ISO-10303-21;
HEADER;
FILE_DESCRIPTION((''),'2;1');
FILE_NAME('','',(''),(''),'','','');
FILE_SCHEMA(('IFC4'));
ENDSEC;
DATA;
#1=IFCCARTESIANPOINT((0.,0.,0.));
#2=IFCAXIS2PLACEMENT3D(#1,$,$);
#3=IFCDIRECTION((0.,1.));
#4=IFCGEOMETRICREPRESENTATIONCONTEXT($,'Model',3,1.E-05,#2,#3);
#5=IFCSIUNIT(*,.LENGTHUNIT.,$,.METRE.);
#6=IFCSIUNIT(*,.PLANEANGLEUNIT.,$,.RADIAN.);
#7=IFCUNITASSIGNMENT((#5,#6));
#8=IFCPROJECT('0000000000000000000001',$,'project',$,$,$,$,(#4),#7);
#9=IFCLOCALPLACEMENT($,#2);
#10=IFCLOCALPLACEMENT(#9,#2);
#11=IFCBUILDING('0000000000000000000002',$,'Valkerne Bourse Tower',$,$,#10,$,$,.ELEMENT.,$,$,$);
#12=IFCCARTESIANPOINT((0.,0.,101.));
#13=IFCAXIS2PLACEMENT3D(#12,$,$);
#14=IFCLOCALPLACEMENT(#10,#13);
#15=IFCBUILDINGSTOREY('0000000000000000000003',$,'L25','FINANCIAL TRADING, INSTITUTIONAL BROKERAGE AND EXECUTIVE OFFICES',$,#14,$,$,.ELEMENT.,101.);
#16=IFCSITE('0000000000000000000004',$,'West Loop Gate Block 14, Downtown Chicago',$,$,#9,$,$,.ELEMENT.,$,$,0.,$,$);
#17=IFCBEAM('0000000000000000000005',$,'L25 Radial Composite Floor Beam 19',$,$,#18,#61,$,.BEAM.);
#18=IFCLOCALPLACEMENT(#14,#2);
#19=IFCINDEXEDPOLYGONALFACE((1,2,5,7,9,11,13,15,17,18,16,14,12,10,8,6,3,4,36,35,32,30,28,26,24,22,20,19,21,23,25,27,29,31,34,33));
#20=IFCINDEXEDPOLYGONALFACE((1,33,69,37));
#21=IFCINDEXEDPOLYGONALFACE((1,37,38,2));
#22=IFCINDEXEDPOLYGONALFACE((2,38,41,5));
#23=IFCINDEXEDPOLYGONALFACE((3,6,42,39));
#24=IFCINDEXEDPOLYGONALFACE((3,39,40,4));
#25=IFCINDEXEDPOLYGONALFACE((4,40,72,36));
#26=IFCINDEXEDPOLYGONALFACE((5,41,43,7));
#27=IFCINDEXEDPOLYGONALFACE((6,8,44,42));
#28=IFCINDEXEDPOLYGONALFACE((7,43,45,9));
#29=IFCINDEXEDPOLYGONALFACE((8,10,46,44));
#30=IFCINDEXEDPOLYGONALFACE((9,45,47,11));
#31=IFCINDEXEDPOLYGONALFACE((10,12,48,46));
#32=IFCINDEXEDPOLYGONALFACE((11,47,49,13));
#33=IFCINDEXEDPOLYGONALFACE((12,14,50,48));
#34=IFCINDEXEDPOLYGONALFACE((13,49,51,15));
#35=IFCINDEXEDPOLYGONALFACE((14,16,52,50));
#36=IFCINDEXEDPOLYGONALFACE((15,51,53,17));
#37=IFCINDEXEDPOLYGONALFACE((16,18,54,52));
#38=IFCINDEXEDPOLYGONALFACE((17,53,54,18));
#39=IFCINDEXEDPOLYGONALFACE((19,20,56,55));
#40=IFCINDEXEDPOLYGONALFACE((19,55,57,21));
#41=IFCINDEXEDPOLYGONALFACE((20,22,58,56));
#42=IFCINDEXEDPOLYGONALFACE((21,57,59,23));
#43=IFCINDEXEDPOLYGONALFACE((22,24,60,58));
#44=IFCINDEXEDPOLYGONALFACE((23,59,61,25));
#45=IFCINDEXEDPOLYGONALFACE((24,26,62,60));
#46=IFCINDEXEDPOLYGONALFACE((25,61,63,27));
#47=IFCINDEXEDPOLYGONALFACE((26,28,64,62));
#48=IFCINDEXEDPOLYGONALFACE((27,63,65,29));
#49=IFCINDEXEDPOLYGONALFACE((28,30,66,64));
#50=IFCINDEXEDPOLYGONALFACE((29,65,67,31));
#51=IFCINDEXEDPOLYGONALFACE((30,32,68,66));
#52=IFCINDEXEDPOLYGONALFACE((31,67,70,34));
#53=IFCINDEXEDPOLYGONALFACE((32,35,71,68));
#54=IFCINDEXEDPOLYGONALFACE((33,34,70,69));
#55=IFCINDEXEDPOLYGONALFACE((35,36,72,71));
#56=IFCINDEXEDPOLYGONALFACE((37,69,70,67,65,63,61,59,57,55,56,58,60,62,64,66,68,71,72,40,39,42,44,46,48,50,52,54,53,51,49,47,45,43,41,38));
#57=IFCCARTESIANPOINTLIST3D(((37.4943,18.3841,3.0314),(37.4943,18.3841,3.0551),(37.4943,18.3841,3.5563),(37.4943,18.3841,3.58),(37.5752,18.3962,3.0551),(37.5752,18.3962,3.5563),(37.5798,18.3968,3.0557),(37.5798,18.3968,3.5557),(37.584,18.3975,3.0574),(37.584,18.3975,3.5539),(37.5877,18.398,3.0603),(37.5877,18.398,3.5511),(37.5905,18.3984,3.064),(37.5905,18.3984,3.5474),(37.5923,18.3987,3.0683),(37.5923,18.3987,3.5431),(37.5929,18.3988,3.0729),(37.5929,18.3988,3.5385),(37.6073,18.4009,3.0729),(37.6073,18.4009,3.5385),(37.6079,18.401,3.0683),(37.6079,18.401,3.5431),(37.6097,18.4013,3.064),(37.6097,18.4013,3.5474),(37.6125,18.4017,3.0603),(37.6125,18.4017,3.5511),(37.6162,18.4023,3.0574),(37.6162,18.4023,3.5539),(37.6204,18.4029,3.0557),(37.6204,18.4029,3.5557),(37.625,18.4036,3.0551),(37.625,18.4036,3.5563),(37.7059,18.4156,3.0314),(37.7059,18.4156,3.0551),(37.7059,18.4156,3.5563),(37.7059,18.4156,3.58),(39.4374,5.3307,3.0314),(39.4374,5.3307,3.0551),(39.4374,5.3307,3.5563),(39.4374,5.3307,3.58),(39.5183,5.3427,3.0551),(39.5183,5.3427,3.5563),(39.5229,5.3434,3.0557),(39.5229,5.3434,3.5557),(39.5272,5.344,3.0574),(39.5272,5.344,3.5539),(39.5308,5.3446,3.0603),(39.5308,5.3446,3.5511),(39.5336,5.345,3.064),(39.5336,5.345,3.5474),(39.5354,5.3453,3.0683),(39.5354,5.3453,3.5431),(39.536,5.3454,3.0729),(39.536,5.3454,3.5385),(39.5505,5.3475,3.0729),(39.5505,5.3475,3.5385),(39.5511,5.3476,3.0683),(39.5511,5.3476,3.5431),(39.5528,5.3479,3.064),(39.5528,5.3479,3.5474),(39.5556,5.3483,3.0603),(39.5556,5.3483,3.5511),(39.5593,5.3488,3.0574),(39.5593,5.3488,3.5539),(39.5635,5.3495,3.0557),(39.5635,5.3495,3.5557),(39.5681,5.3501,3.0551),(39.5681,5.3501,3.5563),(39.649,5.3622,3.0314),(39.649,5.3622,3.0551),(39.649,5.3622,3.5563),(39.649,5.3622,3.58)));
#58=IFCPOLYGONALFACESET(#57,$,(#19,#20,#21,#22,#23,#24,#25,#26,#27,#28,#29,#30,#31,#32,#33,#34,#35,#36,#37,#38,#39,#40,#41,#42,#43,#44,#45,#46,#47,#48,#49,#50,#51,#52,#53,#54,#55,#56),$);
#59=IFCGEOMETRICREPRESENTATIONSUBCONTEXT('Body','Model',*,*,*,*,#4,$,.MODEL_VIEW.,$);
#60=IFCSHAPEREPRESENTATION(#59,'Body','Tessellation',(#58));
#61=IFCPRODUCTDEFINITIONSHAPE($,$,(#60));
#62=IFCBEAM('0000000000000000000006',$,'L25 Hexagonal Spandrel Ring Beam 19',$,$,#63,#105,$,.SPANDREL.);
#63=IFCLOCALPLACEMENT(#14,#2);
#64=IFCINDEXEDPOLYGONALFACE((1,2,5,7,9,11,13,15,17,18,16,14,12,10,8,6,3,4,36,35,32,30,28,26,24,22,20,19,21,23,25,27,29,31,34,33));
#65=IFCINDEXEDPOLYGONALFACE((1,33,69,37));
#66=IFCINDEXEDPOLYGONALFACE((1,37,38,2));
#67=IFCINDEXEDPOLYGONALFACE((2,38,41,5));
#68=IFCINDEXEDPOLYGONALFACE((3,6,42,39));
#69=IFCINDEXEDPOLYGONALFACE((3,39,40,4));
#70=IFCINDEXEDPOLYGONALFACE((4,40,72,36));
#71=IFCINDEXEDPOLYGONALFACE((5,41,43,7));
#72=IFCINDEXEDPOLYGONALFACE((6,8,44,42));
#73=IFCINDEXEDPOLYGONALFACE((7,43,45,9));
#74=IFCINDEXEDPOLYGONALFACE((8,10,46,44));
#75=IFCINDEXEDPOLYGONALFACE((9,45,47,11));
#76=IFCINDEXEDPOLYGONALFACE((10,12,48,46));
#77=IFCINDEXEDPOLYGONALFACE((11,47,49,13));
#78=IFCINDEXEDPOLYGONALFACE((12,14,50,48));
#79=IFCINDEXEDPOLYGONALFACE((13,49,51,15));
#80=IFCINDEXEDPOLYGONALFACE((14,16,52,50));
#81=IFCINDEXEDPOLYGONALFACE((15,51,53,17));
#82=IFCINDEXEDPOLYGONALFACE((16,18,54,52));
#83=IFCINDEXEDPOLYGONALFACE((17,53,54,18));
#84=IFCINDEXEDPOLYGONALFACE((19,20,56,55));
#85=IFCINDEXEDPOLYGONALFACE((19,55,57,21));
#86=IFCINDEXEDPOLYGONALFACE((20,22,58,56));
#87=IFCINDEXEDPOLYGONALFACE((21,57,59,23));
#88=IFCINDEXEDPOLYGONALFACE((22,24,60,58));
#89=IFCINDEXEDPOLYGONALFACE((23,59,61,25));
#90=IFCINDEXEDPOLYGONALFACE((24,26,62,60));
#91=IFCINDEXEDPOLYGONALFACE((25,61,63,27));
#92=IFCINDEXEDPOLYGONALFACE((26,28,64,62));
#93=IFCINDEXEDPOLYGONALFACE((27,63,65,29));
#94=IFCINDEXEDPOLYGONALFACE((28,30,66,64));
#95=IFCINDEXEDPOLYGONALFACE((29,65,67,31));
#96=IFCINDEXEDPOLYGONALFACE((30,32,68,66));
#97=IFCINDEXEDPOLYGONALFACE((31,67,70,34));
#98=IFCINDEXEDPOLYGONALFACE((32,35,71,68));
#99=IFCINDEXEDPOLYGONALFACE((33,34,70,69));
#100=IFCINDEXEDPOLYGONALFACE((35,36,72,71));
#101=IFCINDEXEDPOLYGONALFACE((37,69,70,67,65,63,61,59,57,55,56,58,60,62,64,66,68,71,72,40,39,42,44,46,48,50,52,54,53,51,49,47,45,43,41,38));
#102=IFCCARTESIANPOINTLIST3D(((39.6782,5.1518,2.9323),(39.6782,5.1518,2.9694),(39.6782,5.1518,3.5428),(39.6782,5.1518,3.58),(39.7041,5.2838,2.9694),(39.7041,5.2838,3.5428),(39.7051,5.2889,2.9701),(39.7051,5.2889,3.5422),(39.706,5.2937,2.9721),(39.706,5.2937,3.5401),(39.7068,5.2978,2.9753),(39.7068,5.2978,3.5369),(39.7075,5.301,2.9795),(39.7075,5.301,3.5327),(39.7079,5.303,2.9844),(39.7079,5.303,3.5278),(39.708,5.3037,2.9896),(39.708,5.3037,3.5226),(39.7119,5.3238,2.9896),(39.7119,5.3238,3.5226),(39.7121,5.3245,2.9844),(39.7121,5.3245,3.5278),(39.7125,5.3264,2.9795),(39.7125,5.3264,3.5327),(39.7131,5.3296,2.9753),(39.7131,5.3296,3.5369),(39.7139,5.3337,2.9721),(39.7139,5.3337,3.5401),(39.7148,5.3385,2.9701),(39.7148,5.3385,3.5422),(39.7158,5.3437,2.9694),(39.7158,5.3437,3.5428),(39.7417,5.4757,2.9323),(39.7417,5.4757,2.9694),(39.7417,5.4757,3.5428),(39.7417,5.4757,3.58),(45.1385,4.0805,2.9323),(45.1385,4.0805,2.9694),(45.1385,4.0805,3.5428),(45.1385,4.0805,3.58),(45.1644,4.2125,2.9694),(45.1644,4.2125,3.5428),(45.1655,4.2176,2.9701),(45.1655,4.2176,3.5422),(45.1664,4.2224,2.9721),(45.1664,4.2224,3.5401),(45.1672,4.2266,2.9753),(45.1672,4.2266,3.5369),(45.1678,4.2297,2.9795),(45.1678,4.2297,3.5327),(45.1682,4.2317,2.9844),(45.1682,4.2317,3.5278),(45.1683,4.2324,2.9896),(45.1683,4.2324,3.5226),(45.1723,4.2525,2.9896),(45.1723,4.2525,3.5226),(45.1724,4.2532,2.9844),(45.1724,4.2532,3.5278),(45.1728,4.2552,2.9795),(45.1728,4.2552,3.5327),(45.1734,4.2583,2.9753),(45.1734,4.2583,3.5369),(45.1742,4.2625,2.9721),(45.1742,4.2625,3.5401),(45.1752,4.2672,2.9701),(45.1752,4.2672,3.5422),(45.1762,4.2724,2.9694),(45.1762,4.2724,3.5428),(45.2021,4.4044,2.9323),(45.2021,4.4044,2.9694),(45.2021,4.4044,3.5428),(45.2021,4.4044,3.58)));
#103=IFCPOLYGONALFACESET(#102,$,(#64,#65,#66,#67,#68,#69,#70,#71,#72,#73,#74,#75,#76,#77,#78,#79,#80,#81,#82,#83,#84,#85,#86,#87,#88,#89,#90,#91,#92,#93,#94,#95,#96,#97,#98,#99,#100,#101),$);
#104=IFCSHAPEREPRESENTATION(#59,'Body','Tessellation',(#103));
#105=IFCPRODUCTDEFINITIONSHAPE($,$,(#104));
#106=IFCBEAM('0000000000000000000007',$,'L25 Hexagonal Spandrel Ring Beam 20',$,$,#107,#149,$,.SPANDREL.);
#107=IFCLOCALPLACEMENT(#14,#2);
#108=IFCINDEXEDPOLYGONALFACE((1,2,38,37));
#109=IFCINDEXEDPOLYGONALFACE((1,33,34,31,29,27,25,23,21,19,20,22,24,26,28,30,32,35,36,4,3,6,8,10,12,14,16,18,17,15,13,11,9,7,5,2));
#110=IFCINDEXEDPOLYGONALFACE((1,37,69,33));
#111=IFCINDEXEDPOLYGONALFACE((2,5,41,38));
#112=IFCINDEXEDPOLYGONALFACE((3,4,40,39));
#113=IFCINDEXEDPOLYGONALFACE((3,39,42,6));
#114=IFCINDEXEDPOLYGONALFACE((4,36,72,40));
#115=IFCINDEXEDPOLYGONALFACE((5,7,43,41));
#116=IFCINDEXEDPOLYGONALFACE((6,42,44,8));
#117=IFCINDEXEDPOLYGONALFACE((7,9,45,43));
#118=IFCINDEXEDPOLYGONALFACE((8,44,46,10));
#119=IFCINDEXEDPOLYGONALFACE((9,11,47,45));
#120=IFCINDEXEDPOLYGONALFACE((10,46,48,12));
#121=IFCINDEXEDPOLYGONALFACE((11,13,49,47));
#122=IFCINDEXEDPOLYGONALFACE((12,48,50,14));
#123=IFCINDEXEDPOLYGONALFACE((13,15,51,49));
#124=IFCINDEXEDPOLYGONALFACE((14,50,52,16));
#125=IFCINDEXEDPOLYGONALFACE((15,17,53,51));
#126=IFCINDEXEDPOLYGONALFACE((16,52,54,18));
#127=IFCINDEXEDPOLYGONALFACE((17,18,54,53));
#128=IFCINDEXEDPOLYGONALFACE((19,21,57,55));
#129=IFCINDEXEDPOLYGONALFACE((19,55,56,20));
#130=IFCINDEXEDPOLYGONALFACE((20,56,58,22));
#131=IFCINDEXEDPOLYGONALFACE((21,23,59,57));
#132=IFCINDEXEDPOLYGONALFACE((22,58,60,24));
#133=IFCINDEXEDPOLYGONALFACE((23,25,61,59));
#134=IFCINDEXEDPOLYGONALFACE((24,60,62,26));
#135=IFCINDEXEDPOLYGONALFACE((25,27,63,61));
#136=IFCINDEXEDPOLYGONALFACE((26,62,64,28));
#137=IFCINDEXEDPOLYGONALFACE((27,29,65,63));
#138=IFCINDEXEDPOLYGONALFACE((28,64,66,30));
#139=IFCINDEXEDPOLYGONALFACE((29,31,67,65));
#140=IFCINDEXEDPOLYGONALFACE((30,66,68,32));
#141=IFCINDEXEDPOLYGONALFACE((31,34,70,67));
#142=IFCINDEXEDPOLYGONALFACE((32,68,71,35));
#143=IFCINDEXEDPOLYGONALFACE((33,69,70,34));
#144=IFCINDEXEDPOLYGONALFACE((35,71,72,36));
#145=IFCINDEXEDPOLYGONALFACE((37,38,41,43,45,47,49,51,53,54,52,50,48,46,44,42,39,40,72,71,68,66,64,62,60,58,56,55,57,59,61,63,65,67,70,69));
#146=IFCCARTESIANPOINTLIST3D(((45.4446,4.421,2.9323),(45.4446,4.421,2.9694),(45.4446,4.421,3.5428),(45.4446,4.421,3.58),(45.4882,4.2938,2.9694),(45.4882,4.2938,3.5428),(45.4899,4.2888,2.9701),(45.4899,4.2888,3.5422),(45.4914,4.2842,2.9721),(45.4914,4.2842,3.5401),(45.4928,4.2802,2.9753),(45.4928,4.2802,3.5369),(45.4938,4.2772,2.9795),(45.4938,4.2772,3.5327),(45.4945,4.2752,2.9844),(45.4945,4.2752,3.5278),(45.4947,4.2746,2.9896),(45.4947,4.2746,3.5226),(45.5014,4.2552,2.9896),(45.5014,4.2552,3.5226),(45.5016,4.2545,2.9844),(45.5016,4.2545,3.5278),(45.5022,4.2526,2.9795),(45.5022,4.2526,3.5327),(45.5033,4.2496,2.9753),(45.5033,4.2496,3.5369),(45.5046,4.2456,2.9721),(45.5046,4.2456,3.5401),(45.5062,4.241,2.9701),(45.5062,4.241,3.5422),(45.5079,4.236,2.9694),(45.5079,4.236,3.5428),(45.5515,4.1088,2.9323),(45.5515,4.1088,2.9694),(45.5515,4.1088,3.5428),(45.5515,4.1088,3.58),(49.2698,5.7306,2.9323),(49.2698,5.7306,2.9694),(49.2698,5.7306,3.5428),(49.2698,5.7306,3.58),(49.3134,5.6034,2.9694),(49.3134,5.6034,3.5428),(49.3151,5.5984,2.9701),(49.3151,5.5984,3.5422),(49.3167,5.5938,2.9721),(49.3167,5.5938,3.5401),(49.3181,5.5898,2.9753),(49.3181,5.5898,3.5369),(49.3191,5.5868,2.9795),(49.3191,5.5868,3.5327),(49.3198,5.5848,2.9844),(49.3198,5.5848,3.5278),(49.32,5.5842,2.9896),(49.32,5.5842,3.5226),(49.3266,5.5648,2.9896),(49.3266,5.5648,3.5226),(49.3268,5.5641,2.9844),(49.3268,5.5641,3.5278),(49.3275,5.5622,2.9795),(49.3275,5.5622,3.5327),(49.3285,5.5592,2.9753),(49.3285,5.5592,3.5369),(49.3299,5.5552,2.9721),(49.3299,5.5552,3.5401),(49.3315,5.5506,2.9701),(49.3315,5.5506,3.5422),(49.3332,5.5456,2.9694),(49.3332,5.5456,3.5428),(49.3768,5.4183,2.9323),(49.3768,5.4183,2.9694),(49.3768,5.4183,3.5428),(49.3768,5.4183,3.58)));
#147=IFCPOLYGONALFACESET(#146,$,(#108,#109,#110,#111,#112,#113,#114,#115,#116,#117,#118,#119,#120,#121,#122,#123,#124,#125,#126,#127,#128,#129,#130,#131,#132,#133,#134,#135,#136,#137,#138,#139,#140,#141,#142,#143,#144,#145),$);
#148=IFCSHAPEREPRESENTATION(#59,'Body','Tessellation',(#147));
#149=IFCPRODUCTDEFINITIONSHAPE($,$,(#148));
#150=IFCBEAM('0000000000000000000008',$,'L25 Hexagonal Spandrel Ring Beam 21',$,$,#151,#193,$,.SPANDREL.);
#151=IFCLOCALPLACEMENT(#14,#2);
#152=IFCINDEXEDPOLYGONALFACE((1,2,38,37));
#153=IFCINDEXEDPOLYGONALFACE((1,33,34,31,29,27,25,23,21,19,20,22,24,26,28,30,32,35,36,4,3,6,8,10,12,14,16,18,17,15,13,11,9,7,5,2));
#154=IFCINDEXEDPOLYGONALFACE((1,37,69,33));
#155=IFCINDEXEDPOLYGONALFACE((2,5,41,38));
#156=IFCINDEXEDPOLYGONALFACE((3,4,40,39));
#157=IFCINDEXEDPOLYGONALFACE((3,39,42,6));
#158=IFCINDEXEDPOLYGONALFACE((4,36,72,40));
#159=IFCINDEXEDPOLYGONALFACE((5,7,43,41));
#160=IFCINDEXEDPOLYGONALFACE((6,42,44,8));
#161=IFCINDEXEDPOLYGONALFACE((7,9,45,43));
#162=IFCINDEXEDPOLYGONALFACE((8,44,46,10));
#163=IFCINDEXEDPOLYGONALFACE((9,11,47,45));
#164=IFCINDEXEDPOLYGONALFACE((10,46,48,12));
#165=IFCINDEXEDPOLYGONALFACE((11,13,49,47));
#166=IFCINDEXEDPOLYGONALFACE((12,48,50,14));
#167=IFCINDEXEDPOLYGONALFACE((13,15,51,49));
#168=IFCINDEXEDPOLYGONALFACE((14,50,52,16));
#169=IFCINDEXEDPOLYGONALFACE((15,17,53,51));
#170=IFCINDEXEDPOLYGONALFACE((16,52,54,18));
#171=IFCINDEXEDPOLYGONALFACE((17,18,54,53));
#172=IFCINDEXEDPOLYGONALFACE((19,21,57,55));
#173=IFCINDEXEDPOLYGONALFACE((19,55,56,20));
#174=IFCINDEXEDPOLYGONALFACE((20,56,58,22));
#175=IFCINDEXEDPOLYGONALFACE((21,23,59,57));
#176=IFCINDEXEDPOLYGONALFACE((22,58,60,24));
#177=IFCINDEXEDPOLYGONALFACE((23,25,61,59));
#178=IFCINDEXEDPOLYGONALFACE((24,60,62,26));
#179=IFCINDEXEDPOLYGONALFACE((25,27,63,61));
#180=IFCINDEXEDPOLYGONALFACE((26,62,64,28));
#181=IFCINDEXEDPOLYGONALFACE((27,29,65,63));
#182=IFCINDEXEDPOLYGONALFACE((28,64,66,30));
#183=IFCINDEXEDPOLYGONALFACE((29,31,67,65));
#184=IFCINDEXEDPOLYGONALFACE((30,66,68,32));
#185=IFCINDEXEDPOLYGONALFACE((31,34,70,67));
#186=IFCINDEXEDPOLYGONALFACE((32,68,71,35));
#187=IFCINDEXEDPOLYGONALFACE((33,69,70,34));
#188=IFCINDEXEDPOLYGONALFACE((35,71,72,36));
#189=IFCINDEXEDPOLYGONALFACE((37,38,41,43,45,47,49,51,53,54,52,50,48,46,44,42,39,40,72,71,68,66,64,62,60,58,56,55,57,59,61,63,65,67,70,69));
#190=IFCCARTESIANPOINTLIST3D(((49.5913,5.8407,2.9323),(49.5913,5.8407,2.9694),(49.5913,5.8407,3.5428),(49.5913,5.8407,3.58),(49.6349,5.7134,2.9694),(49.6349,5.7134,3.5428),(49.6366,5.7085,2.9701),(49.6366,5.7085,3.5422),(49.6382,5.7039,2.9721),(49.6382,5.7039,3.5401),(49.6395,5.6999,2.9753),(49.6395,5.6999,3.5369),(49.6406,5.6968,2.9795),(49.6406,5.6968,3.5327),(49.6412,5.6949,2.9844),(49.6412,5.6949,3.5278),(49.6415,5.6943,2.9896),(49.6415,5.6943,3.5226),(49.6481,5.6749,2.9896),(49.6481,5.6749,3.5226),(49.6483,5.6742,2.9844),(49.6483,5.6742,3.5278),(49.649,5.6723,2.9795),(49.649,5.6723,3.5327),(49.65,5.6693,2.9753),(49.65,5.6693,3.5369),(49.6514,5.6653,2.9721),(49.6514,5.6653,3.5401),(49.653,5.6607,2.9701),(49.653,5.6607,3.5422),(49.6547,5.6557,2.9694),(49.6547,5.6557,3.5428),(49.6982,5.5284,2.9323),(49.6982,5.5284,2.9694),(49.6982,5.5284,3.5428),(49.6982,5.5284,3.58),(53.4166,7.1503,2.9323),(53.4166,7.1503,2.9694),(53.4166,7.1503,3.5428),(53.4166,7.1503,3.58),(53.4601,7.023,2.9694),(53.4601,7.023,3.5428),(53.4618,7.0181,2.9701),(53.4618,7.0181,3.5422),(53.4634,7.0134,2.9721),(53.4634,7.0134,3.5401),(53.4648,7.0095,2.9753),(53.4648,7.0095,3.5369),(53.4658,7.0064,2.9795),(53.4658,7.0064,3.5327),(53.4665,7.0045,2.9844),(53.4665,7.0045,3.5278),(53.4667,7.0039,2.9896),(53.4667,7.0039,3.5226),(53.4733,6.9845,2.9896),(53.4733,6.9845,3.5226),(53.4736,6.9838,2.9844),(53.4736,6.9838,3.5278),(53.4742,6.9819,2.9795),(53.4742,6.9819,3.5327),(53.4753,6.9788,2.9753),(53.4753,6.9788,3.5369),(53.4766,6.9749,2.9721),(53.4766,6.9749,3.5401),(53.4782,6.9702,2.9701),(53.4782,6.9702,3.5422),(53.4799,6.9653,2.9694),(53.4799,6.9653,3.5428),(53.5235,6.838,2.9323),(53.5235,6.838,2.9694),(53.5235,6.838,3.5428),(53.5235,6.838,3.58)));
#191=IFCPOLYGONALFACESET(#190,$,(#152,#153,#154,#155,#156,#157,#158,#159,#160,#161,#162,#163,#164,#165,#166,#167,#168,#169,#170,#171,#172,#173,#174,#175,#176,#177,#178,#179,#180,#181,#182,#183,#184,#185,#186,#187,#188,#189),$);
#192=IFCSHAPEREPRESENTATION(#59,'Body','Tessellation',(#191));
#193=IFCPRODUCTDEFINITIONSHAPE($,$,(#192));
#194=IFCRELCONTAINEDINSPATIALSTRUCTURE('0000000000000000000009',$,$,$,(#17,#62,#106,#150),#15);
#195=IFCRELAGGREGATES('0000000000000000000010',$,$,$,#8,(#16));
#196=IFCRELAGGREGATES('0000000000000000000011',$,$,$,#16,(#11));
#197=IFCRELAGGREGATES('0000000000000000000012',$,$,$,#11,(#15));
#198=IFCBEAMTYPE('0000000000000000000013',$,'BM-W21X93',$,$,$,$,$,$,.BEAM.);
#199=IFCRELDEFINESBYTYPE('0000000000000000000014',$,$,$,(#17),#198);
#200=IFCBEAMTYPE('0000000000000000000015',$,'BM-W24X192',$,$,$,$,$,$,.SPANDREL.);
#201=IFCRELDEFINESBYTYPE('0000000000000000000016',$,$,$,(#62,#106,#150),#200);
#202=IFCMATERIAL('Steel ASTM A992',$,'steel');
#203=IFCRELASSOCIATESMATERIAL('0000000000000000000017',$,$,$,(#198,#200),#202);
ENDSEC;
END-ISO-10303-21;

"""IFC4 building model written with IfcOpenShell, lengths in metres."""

from ifc_helpers import new_model, si_unit, direction, frame, origin, origin_2d, place, context, subcontext, project, spatial, i_section, extrude, material, material_profile, profile_set, type_object, element, save


model = new_model("IFC4")

# Units and contexts
model_context = context("Model", 3, precision=1e-05, world=origin(), true_north=direction((0.0, 1.0)))
body_context = subcontext(model_context, "Body", "Model", "MODEL_VIEW")
ifc_project = project(units=[si_unit("LENGTHUNIT", "METRE"), si_unit("PLANEANGLEUNIT", "RADIAN")], contexts=[model_context])

# Site, building, storey
site_placement = place(None, origin())
site = spatial("IfcSite", under=ifc_project, at=site_placement, Name="West Loop Gate Block 14, Downtown Chicago", CompositionType="ELEMENT", RefElevation=0.0)
building_placement = place(site_placement, origin())
building = spatial("IfcBuilding", under=site, at=building_placement, Name="Valkerne Bourse Tower", CompositionType="ELEMENT")
storey_placement = place(building_placement, frame((0.0, 0.0, 101.0)))
storey = spatial("IfcBuildingStorey", under=building, at=storey_placement, Name="L25", Description="FINANCIAL TRADING, INSTITUTIONAL BROKERAGE AND EXECUTIVE OFFICES", CompositionType="ELEMENT", Elevation=101.0)

# Beams
ifc_material_1 = material(Name="Steel ASTM A992", Category="steel")
ifc_material_profile_1 = material_profile(ifc_material_1, i_section(OverallWidth=0.2139, OverallDepth=0.5486, WebThickness=0.0146, FlangeThickness=0.0237, FilletRadius=0.0178, at=origin_2d()), Name="W21X93")
ifc_profile_set_1 = profile_set([ifc_material_profile_1], Name="Steel ASTM A992")
beam_type_1 = type_object("IfcBeamType", Name="BM-W21X93", PredefinedType="BEAM", material=ifc_profile_set_1)
beam_1_placement = place(storey_placement, frame((39.5432, 5.3464, 3.3057), z_axis=(-0.147236, 0.989101, 0.0), x_axis=(-0.989101, -0.147236, 0.0)))
element("IfcBeam", 1, at=beam_1_placement, inside=storey, type_object=beam_type_1, Name="L25 Radial Composite Floor Beam 19", PredefinedType="BEAM", context=body_context, shape_type="SweptSolid", body=[
    extrude(i_section(OverallWidth=0.2139, OverallDepth=0.5486, WebThickness=0.0146, FlangeThickness=0.0237, FilletRadius=0.0178, at=origin_2d()), origin(), (0.0, 0.0, 1.0), 13.1973),
])
ifc_material_profile_2 = material_profile(ifc_material_1, i_section(OverallWidth=0.3301, OverallDepth=0.6477, WebThickness=0.0205, FlangeThickness=0.0371, FilletRadius=0.0203, at=origin_2d()), Name="W24X192")
ifc_profile_set_2 = profile_set([ifc_material_profile_2], Name="Steel ASTM A992")
beam_type_2 = type_object("IfcBeamType", Name="BM-W24X192", PredefinedType="SPANDREL", material=ifc_profile_set_2)
beam_2_placement = place(storey_placement, frame((39.71, 5.3137, 3.2561), z_axis=(0.981293, -0.19252, 0.0), x_axis=(0.19252, 0.981293, 0.0)))
element("IfcBeam", 2, at=beam_2_placement, inside=storey, type_object=beam_type_2, Name="L25 Hexagonal Spandrel Ring Beam 19", PredefinedType="SPANDREL", context=body_context, shape_type="SweptSolid", body=[
    extrude(i_section(OverallWidth=0.3301, OverallDepth=0.6477, WebThickness=0.0205, FlangeThickness=0.0371, FilletRadius=0.0203, at=origin_2d()), origin(), (0.0, 0.0, 1.0), 5.5645),
])
for number, where, z_axis, x_axis, name in (
    (3, (45.498, 4.2649, 3.2561), (0.946092, 0.323898, 0.0), (-0.323898, 0.946092, 0.0), "L25 Hexagonal Spandrel Ring Beam 20"),
    (4, (49.6448, 5.6846, 3.2561), (0.946092, 0.323898, 0.0), (-0.323898, 0.946092, 0.0), "L25 Hexagonal Spandrel Ring Beam 21"),
):
    element("IfcBeam", number, at=place(storey_placement, frame(where, z_axis=z_axis, x_axis=x_axis)), inside=storey, type_object=beam_type_2, Name=name, PredefinedType="SPANDREL", context=body_context, shape_type="SweptSolid", body=[
        extrude(i_section(OverallWidth=0.3301, OverallDepth=0.6477, WebThickness=0.0205, FlangeThickness=0.0371, FilletRadius=0.0203, at=origin_2d()), origin(), (0.0, 0.0, 1.0), 4.0432),
    ])

save(model, "model.ifc")
